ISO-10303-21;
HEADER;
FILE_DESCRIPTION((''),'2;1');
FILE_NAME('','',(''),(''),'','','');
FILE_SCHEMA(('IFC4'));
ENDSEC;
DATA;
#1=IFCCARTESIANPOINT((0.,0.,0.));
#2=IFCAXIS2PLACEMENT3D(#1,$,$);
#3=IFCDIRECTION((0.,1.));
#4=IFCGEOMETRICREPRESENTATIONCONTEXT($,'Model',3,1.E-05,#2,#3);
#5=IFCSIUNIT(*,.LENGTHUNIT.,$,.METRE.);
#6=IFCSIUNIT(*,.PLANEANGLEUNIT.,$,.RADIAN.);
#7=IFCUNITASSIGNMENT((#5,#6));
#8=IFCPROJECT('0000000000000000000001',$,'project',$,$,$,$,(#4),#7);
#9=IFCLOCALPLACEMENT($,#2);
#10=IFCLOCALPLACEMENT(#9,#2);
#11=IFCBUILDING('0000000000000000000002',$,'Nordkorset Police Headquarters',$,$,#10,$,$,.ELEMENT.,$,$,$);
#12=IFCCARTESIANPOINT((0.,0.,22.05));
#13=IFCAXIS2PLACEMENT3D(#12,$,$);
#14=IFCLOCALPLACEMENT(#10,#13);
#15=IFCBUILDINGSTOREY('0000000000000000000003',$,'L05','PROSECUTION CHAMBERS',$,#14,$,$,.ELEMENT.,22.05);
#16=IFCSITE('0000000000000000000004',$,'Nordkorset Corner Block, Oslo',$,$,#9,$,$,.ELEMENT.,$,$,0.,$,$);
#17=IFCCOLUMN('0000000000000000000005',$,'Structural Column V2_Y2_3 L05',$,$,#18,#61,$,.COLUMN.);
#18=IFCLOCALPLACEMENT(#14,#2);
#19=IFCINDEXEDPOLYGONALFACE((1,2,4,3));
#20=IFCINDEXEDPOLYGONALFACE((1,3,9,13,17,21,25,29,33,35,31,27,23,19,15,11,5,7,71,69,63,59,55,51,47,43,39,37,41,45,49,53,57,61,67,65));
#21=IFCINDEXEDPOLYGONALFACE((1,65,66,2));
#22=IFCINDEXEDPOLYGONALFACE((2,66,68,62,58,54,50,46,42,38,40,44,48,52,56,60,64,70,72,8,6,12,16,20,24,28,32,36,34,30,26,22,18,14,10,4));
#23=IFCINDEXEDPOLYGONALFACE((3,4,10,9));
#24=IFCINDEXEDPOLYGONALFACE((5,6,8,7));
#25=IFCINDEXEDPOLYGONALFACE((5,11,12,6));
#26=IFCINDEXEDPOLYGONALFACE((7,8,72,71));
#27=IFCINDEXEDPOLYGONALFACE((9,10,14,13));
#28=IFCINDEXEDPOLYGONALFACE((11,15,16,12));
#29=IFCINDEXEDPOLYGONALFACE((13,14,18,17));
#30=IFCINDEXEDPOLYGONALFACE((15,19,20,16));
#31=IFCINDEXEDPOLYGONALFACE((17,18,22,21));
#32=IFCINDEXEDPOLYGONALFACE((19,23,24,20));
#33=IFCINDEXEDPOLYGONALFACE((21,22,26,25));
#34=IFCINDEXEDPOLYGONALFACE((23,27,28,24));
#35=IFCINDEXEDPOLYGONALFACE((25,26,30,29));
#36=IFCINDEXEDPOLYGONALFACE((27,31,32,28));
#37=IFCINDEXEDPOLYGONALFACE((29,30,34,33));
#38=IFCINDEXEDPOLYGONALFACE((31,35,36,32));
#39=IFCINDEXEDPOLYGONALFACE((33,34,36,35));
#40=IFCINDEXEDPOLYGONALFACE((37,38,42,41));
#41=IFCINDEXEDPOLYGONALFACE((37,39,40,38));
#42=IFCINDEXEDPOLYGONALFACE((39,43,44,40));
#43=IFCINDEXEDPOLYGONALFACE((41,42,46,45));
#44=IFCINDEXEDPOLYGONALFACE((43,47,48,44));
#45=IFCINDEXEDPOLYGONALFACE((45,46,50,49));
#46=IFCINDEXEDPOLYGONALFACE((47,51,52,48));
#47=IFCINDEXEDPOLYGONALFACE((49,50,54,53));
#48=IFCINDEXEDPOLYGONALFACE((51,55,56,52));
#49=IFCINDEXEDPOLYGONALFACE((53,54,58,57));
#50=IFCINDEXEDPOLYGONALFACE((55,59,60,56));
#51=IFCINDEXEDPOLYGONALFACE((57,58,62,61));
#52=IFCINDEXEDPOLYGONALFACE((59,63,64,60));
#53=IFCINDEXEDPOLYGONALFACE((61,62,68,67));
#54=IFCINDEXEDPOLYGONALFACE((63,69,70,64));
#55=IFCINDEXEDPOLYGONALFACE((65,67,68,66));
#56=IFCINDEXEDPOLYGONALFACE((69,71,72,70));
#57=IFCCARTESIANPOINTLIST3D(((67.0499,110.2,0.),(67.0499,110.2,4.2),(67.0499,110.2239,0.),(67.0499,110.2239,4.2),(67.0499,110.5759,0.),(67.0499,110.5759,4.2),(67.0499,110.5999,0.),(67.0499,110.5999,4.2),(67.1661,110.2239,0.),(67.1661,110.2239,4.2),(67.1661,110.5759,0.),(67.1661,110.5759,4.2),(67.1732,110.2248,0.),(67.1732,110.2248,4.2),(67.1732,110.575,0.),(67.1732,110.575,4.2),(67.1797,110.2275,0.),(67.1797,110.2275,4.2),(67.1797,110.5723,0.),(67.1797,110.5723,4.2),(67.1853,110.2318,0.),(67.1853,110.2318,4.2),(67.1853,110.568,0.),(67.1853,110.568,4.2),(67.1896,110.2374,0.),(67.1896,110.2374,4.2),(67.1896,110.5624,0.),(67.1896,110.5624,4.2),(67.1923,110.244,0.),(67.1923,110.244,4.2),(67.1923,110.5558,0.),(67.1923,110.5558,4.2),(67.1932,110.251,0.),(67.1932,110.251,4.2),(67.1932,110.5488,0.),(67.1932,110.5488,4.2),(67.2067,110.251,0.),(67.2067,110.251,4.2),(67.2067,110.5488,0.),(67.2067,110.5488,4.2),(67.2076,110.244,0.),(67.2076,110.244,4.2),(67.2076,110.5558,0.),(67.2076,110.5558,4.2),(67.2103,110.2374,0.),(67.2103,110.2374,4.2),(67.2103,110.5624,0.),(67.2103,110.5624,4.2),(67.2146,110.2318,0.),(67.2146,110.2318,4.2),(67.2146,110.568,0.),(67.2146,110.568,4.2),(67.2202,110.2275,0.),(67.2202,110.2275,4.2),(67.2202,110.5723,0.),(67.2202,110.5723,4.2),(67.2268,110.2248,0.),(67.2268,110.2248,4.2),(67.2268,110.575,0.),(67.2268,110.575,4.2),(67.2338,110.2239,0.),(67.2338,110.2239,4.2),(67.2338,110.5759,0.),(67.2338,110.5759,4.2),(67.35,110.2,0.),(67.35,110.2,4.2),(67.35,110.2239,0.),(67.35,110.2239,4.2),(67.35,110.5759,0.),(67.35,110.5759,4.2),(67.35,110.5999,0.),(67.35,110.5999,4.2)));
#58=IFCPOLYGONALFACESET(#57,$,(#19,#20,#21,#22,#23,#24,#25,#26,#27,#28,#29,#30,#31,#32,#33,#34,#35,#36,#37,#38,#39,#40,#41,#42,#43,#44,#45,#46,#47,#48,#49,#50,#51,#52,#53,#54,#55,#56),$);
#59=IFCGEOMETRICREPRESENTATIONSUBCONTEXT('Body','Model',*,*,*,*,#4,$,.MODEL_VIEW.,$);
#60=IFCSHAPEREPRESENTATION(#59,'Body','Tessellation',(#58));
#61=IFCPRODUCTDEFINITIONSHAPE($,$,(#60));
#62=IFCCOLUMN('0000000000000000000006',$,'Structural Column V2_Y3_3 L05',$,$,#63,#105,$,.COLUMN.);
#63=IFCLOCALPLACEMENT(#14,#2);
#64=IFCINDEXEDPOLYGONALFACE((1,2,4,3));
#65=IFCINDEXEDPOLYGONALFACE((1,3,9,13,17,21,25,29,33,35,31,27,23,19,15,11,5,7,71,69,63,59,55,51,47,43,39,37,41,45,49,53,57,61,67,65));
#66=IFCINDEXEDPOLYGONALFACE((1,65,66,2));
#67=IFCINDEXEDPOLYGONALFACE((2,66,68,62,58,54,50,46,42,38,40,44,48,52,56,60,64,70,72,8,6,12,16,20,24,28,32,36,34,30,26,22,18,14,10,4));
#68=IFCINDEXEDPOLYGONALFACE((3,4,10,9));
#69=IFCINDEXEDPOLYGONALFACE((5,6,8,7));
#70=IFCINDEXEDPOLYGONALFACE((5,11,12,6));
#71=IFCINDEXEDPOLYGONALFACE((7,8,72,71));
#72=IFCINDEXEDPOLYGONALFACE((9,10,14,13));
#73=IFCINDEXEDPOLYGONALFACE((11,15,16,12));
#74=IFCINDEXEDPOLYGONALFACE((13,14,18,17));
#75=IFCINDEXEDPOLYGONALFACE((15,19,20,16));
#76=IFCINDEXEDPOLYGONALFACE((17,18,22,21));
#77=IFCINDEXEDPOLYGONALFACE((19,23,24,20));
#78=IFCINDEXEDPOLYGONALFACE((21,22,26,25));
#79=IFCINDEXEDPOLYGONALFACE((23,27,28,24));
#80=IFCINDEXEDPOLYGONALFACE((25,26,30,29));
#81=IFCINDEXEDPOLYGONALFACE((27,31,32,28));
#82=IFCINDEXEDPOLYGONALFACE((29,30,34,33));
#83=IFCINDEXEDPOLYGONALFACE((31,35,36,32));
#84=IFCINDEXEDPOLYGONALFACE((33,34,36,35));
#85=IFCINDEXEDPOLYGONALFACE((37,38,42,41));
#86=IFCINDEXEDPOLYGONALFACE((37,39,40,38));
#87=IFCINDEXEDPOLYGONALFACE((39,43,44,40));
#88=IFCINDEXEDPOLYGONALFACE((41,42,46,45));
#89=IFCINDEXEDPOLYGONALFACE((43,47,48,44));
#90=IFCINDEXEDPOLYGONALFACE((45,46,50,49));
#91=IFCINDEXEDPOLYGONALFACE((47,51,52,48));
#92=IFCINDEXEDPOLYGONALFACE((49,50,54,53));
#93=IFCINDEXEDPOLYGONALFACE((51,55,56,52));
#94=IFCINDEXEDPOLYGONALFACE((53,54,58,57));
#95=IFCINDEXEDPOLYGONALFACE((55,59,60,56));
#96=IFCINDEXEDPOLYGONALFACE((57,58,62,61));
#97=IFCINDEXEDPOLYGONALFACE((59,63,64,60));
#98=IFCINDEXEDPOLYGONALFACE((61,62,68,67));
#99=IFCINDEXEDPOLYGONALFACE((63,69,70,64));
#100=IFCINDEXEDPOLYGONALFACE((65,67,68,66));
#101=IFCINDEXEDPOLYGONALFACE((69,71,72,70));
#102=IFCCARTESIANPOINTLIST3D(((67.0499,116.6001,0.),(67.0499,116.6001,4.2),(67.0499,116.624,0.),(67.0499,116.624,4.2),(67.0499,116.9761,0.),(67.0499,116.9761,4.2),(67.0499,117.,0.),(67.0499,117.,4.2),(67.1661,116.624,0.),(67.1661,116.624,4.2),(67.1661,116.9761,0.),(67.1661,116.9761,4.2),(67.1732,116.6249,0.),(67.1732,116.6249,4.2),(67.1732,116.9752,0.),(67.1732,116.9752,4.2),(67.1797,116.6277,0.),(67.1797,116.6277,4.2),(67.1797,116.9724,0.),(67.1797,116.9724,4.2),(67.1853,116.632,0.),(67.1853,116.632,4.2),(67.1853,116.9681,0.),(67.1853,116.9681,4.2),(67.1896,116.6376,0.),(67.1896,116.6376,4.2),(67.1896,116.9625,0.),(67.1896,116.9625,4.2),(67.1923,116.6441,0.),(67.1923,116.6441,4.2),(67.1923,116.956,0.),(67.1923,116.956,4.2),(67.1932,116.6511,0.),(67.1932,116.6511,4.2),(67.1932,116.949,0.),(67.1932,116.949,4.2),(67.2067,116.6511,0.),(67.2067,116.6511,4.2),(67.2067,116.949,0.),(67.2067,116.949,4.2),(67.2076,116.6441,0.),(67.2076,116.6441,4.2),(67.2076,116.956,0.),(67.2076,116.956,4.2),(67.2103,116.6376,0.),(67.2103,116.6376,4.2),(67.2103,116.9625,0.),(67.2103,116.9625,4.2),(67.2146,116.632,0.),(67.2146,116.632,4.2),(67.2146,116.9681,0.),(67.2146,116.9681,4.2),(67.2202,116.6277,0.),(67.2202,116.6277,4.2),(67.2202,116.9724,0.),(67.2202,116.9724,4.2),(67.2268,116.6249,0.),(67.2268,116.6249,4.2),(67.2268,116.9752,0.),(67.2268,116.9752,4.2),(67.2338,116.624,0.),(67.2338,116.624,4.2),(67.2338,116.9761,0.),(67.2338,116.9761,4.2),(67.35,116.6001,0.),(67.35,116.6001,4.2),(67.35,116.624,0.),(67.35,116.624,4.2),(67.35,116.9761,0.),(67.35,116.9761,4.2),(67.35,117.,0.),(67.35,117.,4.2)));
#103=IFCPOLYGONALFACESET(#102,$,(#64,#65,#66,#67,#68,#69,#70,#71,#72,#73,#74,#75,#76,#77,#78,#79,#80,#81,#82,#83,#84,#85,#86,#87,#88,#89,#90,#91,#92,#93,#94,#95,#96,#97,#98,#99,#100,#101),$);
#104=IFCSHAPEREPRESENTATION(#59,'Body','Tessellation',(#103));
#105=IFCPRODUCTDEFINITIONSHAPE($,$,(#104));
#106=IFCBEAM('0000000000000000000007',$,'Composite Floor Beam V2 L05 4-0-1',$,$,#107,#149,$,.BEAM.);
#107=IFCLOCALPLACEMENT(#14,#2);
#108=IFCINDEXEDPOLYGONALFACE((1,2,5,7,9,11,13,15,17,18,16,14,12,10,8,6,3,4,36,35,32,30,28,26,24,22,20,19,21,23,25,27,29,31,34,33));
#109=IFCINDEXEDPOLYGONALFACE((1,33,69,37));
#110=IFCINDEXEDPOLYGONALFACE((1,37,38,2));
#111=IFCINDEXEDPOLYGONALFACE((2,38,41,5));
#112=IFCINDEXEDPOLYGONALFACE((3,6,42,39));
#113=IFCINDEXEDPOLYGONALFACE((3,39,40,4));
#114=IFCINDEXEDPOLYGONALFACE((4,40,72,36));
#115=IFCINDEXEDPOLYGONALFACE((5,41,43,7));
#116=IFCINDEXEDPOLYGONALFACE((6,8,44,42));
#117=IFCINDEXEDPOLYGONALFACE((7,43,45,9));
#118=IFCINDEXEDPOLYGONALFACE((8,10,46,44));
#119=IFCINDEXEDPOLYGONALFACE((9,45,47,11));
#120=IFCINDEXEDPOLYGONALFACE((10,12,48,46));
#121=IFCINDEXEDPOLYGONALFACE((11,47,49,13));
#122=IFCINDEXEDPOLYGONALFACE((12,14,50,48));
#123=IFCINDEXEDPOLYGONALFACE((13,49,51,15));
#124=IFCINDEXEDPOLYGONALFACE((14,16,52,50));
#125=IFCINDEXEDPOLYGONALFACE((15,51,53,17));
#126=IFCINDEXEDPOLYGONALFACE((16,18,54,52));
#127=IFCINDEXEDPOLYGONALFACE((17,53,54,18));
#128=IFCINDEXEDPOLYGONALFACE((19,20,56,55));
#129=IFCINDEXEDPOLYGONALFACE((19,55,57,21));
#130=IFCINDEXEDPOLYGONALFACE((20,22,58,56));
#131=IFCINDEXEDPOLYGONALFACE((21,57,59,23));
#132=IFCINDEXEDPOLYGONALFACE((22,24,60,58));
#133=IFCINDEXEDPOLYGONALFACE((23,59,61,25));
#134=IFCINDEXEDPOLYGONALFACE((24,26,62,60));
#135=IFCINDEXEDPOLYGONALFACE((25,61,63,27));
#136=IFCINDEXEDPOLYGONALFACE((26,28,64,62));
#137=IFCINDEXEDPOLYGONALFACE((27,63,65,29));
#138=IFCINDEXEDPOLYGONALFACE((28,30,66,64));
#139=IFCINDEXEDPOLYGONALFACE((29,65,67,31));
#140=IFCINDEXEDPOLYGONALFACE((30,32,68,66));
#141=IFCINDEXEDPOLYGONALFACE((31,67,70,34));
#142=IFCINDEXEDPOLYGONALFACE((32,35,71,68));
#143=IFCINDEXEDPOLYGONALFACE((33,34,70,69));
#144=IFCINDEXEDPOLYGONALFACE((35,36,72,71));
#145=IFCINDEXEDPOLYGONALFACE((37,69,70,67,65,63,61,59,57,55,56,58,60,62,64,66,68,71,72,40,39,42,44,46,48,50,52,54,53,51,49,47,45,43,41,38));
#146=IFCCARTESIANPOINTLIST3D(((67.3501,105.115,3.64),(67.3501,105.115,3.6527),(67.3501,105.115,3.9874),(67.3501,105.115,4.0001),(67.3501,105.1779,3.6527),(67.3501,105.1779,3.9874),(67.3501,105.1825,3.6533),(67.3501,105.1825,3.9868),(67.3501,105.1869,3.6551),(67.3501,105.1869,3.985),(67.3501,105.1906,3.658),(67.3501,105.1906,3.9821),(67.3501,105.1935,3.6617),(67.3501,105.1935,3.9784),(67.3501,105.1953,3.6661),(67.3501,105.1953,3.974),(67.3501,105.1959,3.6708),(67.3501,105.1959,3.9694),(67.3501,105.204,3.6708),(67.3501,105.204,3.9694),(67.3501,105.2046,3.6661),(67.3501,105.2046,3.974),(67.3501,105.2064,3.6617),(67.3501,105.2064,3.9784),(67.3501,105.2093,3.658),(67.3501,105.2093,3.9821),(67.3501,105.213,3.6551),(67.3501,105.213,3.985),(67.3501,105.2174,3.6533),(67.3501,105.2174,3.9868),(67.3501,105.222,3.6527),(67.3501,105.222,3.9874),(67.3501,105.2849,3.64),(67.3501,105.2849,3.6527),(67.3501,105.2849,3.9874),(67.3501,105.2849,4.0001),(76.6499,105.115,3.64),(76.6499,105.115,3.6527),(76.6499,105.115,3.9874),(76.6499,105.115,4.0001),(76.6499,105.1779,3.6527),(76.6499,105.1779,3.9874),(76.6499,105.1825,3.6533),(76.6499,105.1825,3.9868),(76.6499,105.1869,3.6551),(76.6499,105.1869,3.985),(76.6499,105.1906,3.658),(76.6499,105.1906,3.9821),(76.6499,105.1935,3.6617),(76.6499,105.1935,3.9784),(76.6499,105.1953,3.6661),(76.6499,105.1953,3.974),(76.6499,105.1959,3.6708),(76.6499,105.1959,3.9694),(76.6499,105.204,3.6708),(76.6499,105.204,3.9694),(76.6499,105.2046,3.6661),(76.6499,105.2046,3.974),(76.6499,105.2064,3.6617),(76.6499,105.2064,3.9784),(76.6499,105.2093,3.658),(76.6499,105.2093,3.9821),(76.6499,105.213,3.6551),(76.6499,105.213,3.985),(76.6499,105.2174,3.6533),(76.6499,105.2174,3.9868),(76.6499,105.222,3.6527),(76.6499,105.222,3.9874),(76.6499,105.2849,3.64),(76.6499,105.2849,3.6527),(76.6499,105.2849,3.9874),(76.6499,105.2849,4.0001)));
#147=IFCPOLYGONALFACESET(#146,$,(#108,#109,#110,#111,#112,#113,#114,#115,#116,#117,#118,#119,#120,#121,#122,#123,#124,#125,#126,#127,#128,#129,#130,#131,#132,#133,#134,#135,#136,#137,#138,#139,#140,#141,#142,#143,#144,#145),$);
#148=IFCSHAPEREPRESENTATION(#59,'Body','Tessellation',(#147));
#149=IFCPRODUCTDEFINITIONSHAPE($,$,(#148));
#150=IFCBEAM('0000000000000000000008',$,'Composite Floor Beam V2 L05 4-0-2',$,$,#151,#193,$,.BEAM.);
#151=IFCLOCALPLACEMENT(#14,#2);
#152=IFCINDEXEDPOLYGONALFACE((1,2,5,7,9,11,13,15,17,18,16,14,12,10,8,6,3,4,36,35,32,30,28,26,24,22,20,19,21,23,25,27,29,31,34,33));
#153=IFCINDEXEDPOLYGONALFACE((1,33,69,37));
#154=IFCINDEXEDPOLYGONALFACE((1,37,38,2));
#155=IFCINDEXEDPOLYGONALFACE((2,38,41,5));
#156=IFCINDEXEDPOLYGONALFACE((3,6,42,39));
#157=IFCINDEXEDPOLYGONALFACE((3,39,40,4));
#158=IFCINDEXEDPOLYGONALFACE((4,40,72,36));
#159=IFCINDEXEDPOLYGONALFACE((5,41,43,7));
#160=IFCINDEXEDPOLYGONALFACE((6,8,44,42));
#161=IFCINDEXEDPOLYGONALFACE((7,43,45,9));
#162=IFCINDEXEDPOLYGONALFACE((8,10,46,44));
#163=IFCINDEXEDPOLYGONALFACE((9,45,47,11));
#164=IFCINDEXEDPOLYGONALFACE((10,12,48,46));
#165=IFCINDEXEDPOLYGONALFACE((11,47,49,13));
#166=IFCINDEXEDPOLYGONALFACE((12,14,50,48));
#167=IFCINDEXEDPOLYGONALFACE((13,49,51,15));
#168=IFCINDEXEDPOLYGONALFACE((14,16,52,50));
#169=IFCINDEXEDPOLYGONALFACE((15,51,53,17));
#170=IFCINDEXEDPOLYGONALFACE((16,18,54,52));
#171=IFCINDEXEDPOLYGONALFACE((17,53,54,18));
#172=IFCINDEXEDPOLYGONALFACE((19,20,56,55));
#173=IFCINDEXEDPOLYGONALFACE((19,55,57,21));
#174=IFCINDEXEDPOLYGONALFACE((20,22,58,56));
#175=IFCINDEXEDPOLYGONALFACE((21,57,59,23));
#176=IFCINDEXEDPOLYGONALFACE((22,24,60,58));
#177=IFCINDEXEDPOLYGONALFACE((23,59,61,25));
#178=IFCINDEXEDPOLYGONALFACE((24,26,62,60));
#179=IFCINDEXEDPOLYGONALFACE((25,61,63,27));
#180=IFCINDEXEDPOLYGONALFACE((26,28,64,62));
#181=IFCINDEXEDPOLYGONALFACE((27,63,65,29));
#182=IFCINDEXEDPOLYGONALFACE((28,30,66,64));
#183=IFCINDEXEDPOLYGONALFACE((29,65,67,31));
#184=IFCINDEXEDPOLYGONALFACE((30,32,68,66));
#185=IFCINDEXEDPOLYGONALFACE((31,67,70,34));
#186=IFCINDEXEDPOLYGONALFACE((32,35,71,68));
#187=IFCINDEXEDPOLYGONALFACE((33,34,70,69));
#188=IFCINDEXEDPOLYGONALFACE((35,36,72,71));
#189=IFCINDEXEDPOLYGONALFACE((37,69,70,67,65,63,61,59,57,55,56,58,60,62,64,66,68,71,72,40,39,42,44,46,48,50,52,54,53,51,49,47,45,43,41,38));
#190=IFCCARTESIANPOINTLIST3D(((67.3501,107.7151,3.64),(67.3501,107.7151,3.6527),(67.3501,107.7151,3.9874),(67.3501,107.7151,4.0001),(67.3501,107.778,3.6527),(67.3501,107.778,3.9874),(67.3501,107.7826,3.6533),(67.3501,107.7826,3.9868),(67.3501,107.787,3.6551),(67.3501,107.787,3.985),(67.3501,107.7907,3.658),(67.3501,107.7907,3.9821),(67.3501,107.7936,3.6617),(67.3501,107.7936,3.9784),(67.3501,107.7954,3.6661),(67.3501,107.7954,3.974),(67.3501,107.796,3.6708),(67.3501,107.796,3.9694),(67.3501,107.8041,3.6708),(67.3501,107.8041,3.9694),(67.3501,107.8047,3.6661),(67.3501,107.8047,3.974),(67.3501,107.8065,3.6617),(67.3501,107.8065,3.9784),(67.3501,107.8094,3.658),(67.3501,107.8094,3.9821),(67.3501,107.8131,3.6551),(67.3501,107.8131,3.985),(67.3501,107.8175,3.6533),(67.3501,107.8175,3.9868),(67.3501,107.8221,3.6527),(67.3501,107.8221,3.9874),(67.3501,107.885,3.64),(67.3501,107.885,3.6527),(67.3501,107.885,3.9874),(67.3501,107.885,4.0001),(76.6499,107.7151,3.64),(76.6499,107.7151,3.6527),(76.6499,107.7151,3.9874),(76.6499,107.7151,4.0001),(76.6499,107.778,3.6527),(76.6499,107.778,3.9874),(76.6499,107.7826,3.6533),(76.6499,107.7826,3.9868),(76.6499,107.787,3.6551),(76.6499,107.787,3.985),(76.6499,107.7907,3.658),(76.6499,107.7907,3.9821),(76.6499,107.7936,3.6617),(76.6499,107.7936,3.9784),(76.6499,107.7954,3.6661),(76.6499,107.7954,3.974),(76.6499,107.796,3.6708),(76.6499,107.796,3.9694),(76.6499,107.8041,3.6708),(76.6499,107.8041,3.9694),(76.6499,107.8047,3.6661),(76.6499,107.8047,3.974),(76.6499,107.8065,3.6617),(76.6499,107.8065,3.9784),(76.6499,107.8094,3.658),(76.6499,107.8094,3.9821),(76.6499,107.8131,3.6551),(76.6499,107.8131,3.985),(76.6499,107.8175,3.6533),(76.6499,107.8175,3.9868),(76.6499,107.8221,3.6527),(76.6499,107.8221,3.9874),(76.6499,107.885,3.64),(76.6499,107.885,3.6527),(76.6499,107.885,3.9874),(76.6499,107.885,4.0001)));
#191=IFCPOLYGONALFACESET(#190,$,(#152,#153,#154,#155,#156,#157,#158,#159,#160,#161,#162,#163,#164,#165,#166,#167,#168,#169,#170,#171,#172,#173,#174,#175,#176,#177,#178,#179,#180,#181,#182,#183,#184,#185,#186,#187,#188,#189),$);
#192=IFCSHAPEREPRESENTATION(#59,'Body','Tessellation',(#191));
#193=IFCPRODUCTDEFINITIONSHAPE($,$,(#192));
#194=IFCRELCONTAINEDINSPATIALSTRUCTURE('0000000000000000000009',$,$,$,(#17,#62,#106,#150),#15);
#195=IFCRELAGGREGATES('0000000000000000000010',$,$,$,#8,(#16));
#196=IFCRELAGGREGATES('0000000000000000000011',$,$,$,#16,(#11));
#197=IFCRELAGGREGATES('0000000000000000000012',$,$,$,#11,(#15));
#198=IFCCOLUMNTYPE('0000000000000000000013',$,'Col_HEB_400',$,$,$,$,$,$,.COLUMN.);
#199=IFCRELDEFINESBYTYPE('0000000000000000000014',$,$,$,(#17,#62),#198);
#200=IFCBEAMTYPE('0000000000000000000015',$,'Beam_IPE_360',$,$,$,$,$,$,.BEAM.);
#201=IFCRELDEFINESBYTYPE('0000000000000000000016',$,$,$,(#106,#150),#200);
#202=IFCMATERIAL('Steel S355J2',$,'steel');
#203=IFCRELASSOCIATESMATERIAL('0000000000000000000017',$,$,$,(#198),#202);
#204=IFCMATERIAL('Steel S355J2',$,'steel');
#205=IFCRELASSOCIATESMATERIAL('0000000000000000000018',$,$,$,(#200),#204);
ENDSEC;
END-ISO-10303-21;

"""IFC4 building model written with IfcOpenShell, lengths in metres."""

from ifc_helpers import new_model, si_unit, direction, frame, origin, origin_2d, place, context, subcontext, project, spatial, i_section, extrude, material, material_profile, profile_set, type_object, element, save


model = new_model("IFC4")

# Units and contexts
model_context = context("Model", 3, precision=1e-05, world=origin(), true_north=direction((0.0, 1.0)))
body_context = subcontext(model_context, "Body", "Model", "MODEL_VIEW")
ifc_project = project(units=[si_unit("LENGTHUNIT", "METRE"), si_unit("PLANEANGLEUNIT", "RADIAN")], contexts=[model_context])

# Site, building, storey
site_placement = place(None, origin())
site = spatial("IfcSite", under=ifc_project, at=site_placement, Name="Nordkorset Corner Block, Oslo", CompositionType="ELEMENT", RefElevation=0.0)
building_placement = place(site_placement, origin())
building = spatial("IfcBuilding", under=site, at=building_placement, Name="Nordkorset Police Headquarters", CompositionType="ELEMENT")
storey_placement = place(building_placement, frame((0.0, 0.0, 22.05)))
storey = spatial("IfcBuildingStorey", under=building, at=storey_placement, Name="L05", Description="PROSECUTION CHAMBERS", CompositionType="ELEMENT", Elevation=22.05)

# Columns
ifc_material_1 = material(Name="Steel S355J2", Category="steel")
ifc_material_profile_1 = material_profile(ifc_material_1, i_section(OverallWidth=0.3, OverallDepth=0.3999, WebThickness=0.0134, FlangeThickness=0.0239, FilletRadius=0.0271, at=origin_2d()), Name="HEB 400")
ifc_profile_set_1 = profile_set([ifc_material_profile_1], Name="Steel S355J2")
column_type = type_object("IfcColumnType", Name="Col_HEB_400", PredefinedType="COLUMN", material=ifc_profile_set_1)
for number, where, z_axis, x_axis, name in (
    (1, (67.2, 110.3999, 0.0), (0.0, 0.0, 1.0), (1.0, 0.0, 0.0), "Structural Column V2_Y2_3 L05"),
    (2, (67.2, 116.8, 0.0), (0.0, 0.0, 1.0), (1.0, 0.0, 0.0), "Structural Column V2_Y3_3 L05"),
):
    element("IfcColumn", number, at=place(storey_placement, frame(where, z_axis=z_axis, x_axis=x_axis)), inside=storey, type_object=column_type, Name=name, PredefinedType="COLUMN", context=body_context, shape_type="SweptSolid", body=[
        extrude(i_section(OverallWidth=0.3, OverallDepth=0.3999, WebThickness=0.0134, FlangeThickness=0.0239, FilletRadius=0.0271, at=origin_2d()), origin(), (0.0, 0.0, 1.0), 4.2),
    ])

# Beams
ifc_material_2 = material(Name="Steel S355J2", Category="steel")
ifc_material_profile_2 = material_profile(ifc_material_2, i_section(OverallWidth=0.1699, OverallDepth=0.3601, WebThickness=0.0081, FlangeThickness=0.0127, FilletRadius=0.0181, at=origin_2d()), Name="IPE 360")
ifc_profile_set_2 = profile_set([ifc_material_profile_2], Name="Steel S355J2")
beam_type_1 = type_object("IfcBeamType", Name="Beam_IPE_360", PredefinedType="BEAM", material=ifc_profile_set_2)
for number, where, z_axis, x_axis, name in (
    (3, (67.3501, 105.2, 3.8201), (1.0, 0.0, 0.0), (0.0, 1.0, 0.0), "Composite Floor Beam V2 L05 4-0-1"),
    (4, (67.3501, 107.8, 3.8201), (1.0, 0.0, 0.0), (0.0, 1.0, 0.0), "Composite Floor Beam V2 L05 4-0-2"),
):
    element("IfcBeam", number, at=place(storey_placement, frame(where, z_axis=z_axis, x_axis=x_axis)), inside=storey, type_object=beam_type_1, Name=name, PredefinedType="BEAM", context=body_context, shape_type="SweptSolid", body=[
        extrude(i_section(OverallWidth=0.1699, OverallDepth=0.3601, WebThickness=0.0081, FlangeThickness=0.0127, FilletRadius=0.0181, at=origin_2d()), origin(), (0.0, 0.0, 1.0), 9.2998),
    ])

save(model, "model.ifc")
